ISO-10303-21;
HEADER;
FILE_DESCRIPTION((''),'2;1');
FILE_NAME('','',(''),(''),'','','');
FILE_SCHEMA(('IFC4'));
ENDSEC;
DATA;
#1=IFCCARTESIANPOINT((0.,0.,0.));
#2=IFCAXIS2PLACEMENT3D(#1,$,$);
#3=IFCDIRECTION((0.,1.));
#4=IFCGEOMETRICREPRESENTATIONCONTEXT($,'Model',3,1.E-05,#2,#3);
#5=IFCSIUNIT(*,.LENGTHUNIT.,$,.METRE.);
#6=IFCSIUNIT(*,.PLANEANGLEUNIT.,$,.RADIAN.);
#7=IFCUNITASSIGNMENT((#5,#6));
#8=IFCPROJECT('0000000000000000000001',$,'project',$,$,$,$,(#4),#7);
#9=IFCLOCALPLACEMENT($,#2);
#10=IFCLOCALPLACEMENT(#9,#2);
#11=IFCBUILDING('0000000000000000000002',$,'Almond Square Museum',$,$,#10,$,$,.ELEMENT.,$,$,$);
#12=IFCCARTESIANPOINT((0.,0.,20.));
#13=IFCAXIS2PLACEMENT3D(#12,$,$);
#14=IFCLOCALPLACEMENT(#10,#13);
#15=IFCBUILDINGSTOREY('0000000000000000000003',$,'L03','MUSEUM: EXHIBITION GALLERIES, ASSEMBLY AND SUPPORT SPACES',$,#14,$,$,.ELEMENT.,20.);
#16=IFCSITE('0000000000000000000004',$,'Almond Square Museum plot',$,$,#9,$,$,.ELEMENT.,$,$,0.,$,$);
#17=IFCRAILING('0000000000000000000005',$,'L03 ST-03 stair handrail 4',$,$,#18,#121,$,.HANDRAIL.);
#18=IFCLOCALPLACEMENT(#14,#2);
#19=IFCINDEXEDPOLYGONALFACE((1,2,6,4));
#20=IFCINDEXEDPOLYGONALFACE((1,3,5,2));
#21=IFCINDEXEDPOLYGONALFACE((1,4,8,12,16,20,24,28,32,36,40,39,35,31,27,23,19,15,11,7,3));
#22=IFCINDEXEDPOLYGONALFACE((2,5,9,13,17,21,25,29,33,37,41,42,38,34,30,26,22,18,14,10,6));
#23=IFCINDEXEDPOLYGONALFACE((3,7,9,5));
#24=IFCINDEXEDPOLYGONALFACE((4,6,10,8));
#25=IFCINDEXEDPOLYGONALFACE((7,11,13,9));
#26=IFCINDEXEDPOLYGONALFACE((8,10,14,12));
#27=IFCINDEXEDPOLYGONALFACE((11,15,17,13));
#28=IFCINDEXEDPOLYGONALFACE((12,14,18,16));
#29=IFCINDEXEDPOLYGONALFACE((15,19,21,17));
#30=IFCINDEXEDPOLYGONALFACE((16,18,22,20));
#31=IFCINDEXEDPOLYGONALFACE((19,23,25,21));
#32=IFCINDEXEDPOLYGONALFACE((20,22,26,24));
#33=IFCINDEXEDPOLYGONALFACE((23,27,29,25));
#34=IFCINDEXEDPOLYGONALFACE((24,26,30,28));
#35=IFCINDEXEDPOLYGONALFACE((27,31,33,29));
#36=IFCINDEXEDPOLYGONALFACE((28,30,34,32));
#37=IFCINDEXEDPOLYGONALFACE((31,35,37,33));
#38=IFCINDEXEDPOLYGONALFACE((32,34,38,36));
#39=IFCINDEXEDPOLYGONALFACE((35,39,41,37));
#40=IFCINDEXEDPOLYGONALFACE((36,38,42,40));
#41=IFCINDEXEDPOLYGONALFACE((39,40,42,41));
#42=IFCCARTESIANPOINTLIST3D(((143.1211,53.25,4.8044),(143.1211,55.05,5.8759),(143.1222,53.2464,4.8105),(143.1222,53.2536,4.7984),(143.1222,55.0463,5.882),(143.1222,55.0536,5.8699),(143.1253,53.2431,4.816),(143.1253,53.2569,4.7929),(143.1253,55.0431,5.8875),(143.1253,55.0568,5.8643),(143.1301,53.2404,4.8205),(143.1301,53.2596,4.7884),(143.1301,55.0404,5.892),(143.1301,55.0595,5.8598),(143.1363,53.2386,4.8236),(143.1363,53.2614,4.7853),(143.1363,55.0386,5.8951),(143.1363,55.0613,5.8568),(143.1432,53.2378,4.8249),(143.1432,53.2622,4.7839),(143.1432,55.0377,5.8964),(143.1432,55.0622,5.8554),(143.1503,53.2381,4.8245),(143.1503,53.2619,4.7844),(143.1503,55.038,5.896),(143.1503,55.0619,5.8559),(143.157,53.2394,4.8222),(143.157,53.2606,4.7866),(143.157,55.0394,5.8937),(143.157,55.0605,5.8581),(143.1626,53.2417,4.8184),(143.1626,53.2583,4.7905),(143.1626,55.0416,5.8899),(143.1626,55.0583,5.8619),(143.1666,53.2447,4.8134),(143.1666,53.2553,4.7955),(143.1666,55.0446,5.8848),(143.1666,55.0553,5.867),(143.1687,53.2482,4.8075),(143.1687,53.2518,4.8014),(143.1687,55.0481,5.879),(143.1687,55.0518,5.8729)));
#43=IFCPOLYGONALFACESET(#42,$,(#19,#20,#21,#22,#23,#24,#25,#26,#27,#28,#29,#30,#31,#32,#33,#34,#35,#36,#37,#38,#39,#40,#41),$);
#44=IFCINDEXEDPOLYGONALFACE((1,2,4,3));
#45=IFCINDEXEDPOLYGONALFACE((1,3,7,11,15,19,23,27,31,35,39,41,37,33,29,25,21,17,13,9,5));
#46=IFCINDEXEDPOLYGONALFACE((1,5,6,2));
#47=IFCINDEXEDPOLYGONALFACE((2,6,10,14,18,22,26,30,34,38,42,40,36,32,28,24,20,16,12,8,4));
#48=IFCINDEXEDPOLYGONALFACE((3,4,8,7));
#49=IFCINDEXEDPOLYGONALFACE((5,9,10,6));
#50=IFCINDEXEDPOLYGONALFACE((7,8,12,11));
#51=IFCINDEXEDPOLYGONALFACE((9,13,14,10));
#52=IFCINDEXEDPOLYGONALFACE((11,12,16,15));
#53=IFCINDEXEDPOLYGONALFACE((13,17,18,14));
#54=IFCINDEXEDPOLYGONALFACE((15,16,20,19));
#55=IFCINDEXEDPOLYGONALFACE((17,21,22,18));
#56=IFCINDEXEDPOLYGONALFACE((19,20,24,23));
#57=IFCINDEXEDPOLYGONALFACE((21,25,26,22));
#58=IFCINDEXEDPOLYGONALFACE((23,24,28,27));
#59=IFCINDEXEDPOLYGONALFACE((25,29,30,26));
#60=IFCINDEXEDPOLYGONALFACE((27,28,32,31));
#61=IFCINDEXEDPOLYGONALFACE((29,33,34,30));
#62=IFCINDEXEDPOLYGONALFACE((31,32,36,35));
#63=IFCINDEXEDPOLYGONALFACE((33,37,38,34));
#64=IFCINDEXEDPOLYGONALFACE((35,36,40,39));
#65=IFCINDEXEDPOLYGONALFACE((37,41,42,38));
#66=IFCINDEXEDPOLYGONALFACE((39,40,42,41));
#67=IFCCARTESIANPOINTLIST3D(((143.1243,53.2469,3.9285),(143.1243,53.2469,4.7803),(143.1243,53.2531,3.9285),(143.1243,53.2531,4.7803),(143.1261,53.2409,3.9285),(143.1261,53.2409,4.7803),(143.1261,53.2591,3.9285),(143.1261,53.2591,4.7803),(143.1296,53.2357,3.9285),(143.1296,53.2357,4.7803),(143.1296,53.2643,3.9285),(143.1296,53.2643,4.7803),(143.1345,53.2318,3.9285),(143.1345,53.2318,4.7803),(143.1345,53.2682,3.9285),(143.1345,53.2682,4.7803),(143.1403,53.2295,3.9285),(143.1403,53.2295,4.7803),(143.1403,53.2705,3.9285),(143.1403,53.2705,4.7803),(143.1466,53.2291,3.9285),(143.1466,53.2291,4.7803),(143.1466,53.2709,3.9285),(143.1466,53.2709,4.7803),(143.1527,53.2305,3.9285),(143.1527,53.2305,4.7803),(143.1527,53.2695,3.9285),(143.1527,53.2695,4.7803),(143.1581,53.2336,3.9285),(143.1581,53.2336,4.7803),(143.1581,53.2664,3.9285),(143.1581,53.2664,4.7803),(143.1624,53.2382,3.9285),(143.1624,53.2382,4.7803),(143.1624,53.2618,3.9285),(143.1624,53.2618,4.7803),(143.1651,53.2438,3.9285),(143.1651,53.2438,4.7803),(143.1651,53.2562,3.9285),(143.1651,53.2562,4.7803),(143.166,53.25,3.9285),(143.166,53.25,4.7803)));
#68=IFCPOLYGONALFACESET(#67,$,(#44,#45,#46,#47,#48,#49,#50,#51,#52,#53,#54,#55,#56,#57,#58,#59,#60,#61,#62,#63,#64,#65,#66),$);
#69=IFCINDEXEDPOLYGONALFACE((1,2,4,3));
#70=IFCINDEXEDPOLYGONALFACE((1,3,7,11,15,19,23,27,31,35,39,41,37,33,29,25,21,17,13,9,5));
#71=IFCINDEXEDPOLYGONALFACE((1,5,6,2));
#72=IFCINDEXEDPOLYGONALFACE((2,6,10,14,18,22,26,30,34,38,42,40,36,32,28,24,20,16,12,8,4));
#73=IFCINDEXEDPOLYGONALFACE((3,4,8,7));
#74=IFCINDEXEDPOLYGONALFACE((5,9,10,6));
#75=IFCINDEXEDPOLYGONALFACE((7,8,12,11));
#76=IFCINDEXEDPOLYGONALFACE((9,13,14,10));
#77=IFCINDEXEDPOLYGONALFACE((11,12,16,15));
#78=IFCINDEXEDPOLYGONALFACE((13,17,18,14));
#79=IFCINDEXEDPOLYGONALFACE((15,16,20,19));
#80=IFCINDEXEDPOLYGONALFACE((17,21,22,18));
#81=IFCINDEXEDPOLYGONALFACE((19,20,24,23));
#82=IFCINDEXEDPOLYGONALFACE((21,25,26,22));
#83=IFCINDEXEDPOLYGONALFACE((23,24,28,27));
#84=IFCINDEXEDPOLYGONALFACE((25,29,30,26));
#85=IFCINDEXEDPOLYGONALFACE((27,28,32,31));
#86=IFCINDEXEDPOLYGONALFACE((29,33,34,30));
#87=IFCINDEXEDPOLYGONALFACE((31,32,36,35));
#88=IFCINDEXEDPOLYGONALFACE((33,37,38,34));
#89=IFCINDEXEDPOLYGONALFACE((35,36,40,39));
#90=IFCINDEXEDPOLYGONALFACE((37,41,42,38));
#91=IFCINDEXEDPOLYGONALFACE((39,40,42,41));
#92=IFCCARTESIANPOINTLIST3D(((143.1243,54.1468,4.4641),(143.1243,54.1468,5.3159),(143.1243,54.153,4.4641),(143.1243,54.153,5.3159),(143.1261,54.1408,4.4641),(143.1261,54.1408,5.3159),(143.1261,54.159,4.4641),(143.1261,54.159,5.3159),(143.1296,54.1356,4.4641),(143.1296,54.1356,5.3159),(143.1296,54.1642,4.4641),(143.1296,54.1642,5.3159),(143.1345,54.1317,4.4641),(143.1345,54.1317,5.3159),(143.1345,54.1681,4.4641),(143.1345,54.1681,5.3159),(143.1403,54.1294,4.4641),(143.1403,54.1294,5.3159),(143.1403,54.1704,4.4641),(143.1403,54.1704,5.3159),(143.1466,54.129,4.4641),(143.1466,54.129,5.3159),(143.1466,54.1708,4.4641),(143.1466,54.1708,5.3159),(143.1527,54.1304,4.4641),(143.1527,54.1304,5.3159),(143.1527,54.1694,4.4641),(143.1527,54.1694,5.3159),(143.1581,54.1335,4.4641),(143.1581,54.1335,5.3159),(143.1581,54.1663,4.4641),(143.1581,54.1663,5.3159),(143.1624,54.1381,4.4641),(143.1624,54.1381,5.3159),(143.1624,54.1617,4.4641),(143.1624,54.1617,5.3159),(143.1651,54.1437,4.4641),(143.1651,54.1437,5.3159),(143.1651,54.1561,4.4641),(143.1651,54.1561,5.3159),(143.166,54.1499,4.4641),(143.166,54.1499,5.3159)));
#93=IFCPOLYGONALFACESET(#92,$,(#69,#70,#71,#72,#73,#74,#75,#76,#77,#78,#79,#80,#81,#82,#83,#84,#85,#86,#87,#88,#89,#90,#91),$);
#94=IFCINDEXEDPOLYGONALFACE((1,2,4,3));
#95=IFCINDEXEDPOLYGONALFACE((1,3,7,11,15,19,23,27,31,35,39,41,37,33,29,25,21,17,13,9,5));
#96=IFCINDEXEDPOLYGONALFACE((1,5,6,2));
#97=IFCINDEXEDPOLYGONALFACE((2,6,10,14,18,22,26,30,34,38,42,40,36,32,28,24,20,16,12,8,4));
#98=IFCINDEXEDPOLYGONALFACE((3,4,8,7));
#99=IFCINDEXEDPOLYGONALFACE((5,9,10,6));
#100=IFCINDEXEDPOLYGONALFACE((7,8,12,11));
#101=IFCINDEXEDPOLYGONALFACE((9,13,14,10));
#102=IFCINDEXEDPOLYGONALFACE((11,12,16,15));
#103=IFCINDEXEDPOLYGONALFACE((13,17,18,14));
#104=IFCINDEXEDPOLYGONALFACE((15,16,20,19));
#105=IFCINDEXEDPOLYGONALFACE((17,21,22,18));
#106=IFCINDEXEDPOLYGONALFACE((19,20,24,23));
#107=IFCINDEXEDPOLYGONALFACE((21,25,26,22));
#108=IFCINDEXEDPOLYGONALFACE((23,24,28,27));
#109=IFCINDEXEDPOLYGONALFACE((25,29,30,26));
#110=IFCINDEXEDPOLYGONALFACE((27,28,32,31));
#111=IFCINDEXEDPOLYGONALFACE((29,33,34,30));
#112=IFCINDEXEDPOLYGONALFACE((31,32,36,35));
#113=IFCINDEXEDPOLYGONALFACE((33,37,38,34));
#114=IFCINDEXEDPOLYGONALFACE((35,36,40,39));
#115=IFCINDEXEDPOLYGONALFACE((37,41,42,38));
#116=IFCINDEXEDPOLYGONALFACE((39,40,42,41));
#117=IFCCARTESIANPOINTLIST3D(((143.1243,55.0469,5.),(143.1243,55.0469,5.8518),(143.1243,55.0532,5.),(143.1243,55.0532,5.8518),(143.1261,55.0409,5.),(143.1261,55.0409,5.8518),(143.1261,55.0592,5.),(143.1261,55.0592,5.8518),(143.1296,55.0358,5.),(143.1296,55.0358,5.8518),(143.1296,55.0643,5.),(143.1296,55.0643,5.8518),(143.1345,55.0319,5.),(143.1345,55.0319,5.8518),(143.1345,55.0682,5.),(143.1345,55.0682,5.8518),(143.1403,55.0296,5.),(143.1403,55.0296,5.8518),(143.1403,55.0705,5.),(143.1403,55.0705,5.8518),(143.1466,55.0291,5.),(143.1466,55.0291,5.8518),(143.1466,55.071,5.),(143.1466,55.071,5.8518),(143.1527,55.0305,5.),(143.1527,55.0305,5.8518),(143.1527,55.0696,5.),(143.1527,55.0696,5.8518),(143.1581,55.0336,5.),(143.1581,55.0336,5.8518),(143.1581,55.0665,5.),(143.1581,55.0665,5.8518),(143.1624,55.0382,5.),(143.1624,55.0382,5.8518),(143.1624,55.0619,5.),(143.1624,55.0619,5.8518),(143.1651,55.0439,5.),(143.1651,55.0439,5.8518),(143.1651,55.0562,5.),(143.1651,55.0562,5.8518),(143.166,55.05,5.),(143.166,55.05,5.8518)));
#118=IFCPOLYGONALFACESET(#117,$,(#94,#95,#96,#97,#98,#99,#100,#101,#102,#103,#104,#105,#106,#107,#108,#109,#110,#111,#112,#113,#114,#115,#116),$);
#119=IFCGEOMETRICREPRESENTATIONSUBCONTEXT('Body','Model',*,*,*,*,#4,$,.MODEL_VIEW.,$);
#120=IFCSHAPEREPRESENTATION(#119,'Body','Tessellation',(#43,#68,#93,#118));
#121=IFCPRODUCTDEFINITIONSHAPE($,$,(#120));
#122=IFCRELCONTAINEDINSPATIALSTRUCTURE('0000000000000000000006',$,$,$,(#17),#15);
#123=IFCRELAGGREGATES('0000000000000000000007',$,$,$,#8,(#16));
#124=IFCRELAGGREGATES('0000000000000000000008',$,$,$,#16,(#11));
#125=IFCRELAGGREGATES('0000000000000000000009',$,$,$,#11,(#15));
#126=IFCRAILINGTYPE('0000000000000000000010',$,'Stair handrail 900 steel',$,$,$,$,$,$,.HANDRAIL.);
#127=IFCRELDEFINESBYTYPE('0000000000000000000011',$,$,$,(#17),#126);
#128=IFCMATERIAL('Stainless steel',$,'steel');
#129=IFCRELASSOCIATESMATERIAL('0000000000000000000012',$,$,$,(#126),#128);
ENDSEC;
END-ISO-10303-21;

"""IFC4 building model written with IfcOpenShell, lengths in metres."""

from ifc_helpers import new_model, si_unit, direction, frame, origin, origin_2d, place, context, subcontext, project, spatial, circle, extrude, material, type_object, element, save


model = new_model("IFC4")

# Units and contexts
model_context = context("Model", 3, precision=1e-05, world=origin(), true_north=direction((0.0, 1.0)))
body_context = subcontext(model_context, "Body", "Model", "MODEL_VIEW")
ifc_project = project(units=[si_unit("LENGTHUNIT", "METRE"), si_unit("PLANEANGLEUNIT", "RADIAN")], contexts=[model_context])

# Site, building, storey
site_placement = place(None, origin())
site = spatial("IfcSite", under=ifc_project, at=site_placement, Name="Almond Square Museum plot", CompositionType="ELEMENT", RefElevation=0.0)
building_placement = place(site_placement, origin())
building = spatial("IfcBuilding", under=site, at=building_placement, Name="Almond Square Museum", CompositionType="ELEMENT")
storey_placement = place(building_placement, frame((0.0, 0.0, 20.0)))
storey = spatial("IfcBuildingStorey", under=building, at=storey_placement, Name="L03", Description="MUSEUM: EXHIBITION GALLERIES, ASSEMBLY AND SUPPORT SPACES", CompositionType="ELEMENT", Elevation=20.0)

# Railing
ifc_material_1 = material(Name="Stainless steel", Category="steel")
railing_type_1 = type_object("IfcRailingType", Name="Stair handrail 900 steel", PredefinedType="HANDRAIL", material=ifc_material_1)
railing_1_placement = place(storey_placement, frame((143.145, 53.25, 3.9285)))
element("IfcRailing", 1, at=railing_1_placement, inside=storey, type_object=railing_type_1, Name="L03 ST-03 stair handrail 4", PredefinedType="HANDRAIL", context=body_context, shape_type="SweptSolid", body=[
    extrude(circle(Radius=0.0239, at=origin_2d()), frame((0.0, 0.0, 0.876), z_axis=(0.0, 0.859277, 0.51151), x_axis=(-1.0, 0.0, 0.0)), (0.0, 0.0, 1.0), 2.0947),
    extrude(circle(Radius=0.021, at=origin_2d()), origin(), (0.0, 0.0, 1.0), 0.8518),
    extrude(circle(Radius=0.021, at=origin_2d()), frame((0.0, 0.8999, 0.5356)), (0.0, 0.0, 1.0), 0.8518),
    extrude(circle(Radius=0.021, at=origin_2d()), frame((0.0, 1.8, 1.0715)), (0.0, 0.0, 1.0), 0.8518),
])

save(model, "model.ifc")
